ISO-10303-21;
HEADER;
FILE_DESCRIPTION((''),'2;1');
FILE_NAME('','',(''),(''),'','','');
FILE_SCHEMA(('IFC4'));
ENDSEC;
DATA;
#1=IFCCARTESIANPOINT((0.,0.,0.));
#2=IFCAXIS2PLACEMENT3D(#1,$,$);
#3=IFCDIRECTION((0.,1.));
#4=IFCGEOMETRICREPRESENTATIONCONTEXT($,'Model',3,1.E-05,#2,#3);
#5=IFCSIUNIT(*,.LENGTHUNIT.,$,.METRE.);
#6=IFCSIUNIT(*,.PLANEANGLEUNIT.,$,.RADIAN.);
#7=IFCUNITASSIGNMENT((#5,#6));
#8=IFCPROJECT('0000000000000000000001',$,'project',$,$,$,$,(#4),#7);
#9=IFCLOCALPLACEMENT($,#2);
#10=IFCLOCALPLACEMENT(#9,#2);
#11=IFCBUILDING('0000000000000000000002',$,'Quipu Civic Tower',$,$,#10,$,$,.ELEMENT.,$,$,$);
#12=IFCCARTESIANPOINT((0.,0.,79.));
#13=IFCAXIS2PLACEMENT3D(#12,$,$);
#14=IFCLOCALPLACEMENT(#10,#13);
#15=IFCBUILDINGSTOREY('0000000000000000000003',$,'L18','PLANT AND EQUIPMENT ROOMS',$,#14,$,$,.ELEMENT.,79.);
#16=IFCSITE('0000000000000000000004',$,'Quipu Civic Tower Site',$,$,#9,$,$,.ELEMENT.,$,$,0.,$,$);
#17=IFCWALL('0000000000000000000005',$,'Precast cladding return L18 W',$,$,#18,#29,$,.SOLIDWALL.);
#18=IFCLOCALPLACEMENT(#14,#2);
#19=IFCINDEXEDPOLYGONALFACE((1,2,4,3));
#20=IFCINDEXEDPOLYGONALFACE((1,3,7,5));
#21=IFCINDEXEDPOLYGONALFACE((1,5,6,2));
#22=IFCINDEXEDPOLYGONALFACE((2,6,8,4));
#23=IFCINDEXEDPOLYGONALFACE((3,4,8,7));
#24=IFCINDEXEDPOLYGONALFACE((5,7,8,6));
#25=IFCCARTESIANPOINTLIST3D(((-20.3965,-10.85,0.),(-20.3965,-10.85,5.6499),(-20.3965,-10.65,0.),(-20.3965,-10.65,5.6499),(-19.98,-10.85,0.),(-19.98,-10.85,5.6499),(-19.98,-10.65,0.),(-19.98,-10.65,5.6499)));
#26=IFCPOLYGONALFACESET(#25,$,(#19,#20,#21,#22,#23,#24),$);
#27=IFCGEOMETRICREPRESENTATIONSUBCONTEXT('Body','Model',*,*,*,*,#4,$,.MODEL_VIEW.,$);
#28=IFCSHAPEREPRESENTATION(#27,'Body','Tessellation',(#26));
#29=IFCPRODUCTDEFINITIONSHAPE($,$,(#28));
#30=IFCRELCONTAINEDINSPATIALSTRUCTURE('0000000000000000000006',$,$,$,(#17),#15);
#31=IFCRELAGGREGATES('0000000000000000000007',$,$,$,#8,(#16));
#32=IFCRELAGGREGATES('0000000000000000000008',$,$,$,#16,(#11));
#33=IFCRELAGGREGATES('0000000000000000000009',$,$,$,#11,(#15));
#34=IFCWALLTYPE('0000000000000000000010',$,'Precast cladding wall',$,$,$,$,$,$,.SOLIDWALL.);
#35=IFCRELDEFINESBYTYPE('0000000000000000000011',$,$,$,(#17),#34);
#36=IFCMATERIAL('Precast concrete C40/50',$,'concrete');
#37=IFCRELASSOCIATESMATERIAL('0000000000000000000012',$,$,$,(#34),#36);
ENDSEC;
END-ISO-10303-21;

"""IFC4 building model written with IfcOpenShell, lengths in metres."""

from ifc_helpers import new_model, si_unit, direction, frame, frame_2d, origin, place, context, subcontext, project, spatial, rectangle, extrude, material, type_object, element, save


model = new_model("IFC4")

# Units and contexts
model_context = context("Model", 3, precision=1e-05, world=origin(), true_north=direction((0.0, 1.0)))
body_context = subcontext(model_context, "Body", "Model", "MODEL_VIEW")
ifc_project = project(units=[si_unit("LENGTHUNIT", "METRE"), si_unit("PLANEANGLEUNIT", "RADIAN")], contexts=[model_context])

# Site, building, storey
site_placement = place(None, origin())
site = spatial("IfcSite", under=ifc_project, at=site_placement, Name="Quipu Civic Tower Site", CompositionType="ELEMENT", RefElevation=0.0)
building_placement = place(site_placement, origin())
building = spatial("IfcBuilding", under=site, at=building_placement, Name="Quipu Civic Tower", CompositionType="ELEMENT")
storey_placement = place(building_placement, frame((0.0, 0.0, 79.0)))
storey = spatial("IfcBuildingStorey", under=building, at=storey_placement, Name="L18", Description="PLANT AND EQUIPMENT ROOMS", CompositionType="ELEMENT", Elevation=79.0)

# Wall
ifc_material_1 = material(Name="Precast concrete C40/50", Category="concrete")
wall_type_1 = type_object("IfcWallType", Name="Precast cladding wall", PredefinedType="SOLIDWALL", material=ifc_material_1)
wall_1_placement = place(storey_placement, frame((-19.98, -10.75, 0.0), z_axis=(0.0, 0.0, 1.0), x_axis=(-1.0, 0.0, 0.0)))
element("IfcWall", 1, at=wall_1_placement, inside=storey, type_object=wall_type_1, Name="Precast cladding return L18 W", PredefinedType="SOLIDWALL", context=body_context, shape_type="SweptSolid", body=[
    extrude(rectangle(XDim=0.4165, YDim=0.2, at=frame_2d((0.2083, 0.0))), origin(), (0.0, 0.0, 1.0), 5.6499),
])

save(model, "model.ifc")
